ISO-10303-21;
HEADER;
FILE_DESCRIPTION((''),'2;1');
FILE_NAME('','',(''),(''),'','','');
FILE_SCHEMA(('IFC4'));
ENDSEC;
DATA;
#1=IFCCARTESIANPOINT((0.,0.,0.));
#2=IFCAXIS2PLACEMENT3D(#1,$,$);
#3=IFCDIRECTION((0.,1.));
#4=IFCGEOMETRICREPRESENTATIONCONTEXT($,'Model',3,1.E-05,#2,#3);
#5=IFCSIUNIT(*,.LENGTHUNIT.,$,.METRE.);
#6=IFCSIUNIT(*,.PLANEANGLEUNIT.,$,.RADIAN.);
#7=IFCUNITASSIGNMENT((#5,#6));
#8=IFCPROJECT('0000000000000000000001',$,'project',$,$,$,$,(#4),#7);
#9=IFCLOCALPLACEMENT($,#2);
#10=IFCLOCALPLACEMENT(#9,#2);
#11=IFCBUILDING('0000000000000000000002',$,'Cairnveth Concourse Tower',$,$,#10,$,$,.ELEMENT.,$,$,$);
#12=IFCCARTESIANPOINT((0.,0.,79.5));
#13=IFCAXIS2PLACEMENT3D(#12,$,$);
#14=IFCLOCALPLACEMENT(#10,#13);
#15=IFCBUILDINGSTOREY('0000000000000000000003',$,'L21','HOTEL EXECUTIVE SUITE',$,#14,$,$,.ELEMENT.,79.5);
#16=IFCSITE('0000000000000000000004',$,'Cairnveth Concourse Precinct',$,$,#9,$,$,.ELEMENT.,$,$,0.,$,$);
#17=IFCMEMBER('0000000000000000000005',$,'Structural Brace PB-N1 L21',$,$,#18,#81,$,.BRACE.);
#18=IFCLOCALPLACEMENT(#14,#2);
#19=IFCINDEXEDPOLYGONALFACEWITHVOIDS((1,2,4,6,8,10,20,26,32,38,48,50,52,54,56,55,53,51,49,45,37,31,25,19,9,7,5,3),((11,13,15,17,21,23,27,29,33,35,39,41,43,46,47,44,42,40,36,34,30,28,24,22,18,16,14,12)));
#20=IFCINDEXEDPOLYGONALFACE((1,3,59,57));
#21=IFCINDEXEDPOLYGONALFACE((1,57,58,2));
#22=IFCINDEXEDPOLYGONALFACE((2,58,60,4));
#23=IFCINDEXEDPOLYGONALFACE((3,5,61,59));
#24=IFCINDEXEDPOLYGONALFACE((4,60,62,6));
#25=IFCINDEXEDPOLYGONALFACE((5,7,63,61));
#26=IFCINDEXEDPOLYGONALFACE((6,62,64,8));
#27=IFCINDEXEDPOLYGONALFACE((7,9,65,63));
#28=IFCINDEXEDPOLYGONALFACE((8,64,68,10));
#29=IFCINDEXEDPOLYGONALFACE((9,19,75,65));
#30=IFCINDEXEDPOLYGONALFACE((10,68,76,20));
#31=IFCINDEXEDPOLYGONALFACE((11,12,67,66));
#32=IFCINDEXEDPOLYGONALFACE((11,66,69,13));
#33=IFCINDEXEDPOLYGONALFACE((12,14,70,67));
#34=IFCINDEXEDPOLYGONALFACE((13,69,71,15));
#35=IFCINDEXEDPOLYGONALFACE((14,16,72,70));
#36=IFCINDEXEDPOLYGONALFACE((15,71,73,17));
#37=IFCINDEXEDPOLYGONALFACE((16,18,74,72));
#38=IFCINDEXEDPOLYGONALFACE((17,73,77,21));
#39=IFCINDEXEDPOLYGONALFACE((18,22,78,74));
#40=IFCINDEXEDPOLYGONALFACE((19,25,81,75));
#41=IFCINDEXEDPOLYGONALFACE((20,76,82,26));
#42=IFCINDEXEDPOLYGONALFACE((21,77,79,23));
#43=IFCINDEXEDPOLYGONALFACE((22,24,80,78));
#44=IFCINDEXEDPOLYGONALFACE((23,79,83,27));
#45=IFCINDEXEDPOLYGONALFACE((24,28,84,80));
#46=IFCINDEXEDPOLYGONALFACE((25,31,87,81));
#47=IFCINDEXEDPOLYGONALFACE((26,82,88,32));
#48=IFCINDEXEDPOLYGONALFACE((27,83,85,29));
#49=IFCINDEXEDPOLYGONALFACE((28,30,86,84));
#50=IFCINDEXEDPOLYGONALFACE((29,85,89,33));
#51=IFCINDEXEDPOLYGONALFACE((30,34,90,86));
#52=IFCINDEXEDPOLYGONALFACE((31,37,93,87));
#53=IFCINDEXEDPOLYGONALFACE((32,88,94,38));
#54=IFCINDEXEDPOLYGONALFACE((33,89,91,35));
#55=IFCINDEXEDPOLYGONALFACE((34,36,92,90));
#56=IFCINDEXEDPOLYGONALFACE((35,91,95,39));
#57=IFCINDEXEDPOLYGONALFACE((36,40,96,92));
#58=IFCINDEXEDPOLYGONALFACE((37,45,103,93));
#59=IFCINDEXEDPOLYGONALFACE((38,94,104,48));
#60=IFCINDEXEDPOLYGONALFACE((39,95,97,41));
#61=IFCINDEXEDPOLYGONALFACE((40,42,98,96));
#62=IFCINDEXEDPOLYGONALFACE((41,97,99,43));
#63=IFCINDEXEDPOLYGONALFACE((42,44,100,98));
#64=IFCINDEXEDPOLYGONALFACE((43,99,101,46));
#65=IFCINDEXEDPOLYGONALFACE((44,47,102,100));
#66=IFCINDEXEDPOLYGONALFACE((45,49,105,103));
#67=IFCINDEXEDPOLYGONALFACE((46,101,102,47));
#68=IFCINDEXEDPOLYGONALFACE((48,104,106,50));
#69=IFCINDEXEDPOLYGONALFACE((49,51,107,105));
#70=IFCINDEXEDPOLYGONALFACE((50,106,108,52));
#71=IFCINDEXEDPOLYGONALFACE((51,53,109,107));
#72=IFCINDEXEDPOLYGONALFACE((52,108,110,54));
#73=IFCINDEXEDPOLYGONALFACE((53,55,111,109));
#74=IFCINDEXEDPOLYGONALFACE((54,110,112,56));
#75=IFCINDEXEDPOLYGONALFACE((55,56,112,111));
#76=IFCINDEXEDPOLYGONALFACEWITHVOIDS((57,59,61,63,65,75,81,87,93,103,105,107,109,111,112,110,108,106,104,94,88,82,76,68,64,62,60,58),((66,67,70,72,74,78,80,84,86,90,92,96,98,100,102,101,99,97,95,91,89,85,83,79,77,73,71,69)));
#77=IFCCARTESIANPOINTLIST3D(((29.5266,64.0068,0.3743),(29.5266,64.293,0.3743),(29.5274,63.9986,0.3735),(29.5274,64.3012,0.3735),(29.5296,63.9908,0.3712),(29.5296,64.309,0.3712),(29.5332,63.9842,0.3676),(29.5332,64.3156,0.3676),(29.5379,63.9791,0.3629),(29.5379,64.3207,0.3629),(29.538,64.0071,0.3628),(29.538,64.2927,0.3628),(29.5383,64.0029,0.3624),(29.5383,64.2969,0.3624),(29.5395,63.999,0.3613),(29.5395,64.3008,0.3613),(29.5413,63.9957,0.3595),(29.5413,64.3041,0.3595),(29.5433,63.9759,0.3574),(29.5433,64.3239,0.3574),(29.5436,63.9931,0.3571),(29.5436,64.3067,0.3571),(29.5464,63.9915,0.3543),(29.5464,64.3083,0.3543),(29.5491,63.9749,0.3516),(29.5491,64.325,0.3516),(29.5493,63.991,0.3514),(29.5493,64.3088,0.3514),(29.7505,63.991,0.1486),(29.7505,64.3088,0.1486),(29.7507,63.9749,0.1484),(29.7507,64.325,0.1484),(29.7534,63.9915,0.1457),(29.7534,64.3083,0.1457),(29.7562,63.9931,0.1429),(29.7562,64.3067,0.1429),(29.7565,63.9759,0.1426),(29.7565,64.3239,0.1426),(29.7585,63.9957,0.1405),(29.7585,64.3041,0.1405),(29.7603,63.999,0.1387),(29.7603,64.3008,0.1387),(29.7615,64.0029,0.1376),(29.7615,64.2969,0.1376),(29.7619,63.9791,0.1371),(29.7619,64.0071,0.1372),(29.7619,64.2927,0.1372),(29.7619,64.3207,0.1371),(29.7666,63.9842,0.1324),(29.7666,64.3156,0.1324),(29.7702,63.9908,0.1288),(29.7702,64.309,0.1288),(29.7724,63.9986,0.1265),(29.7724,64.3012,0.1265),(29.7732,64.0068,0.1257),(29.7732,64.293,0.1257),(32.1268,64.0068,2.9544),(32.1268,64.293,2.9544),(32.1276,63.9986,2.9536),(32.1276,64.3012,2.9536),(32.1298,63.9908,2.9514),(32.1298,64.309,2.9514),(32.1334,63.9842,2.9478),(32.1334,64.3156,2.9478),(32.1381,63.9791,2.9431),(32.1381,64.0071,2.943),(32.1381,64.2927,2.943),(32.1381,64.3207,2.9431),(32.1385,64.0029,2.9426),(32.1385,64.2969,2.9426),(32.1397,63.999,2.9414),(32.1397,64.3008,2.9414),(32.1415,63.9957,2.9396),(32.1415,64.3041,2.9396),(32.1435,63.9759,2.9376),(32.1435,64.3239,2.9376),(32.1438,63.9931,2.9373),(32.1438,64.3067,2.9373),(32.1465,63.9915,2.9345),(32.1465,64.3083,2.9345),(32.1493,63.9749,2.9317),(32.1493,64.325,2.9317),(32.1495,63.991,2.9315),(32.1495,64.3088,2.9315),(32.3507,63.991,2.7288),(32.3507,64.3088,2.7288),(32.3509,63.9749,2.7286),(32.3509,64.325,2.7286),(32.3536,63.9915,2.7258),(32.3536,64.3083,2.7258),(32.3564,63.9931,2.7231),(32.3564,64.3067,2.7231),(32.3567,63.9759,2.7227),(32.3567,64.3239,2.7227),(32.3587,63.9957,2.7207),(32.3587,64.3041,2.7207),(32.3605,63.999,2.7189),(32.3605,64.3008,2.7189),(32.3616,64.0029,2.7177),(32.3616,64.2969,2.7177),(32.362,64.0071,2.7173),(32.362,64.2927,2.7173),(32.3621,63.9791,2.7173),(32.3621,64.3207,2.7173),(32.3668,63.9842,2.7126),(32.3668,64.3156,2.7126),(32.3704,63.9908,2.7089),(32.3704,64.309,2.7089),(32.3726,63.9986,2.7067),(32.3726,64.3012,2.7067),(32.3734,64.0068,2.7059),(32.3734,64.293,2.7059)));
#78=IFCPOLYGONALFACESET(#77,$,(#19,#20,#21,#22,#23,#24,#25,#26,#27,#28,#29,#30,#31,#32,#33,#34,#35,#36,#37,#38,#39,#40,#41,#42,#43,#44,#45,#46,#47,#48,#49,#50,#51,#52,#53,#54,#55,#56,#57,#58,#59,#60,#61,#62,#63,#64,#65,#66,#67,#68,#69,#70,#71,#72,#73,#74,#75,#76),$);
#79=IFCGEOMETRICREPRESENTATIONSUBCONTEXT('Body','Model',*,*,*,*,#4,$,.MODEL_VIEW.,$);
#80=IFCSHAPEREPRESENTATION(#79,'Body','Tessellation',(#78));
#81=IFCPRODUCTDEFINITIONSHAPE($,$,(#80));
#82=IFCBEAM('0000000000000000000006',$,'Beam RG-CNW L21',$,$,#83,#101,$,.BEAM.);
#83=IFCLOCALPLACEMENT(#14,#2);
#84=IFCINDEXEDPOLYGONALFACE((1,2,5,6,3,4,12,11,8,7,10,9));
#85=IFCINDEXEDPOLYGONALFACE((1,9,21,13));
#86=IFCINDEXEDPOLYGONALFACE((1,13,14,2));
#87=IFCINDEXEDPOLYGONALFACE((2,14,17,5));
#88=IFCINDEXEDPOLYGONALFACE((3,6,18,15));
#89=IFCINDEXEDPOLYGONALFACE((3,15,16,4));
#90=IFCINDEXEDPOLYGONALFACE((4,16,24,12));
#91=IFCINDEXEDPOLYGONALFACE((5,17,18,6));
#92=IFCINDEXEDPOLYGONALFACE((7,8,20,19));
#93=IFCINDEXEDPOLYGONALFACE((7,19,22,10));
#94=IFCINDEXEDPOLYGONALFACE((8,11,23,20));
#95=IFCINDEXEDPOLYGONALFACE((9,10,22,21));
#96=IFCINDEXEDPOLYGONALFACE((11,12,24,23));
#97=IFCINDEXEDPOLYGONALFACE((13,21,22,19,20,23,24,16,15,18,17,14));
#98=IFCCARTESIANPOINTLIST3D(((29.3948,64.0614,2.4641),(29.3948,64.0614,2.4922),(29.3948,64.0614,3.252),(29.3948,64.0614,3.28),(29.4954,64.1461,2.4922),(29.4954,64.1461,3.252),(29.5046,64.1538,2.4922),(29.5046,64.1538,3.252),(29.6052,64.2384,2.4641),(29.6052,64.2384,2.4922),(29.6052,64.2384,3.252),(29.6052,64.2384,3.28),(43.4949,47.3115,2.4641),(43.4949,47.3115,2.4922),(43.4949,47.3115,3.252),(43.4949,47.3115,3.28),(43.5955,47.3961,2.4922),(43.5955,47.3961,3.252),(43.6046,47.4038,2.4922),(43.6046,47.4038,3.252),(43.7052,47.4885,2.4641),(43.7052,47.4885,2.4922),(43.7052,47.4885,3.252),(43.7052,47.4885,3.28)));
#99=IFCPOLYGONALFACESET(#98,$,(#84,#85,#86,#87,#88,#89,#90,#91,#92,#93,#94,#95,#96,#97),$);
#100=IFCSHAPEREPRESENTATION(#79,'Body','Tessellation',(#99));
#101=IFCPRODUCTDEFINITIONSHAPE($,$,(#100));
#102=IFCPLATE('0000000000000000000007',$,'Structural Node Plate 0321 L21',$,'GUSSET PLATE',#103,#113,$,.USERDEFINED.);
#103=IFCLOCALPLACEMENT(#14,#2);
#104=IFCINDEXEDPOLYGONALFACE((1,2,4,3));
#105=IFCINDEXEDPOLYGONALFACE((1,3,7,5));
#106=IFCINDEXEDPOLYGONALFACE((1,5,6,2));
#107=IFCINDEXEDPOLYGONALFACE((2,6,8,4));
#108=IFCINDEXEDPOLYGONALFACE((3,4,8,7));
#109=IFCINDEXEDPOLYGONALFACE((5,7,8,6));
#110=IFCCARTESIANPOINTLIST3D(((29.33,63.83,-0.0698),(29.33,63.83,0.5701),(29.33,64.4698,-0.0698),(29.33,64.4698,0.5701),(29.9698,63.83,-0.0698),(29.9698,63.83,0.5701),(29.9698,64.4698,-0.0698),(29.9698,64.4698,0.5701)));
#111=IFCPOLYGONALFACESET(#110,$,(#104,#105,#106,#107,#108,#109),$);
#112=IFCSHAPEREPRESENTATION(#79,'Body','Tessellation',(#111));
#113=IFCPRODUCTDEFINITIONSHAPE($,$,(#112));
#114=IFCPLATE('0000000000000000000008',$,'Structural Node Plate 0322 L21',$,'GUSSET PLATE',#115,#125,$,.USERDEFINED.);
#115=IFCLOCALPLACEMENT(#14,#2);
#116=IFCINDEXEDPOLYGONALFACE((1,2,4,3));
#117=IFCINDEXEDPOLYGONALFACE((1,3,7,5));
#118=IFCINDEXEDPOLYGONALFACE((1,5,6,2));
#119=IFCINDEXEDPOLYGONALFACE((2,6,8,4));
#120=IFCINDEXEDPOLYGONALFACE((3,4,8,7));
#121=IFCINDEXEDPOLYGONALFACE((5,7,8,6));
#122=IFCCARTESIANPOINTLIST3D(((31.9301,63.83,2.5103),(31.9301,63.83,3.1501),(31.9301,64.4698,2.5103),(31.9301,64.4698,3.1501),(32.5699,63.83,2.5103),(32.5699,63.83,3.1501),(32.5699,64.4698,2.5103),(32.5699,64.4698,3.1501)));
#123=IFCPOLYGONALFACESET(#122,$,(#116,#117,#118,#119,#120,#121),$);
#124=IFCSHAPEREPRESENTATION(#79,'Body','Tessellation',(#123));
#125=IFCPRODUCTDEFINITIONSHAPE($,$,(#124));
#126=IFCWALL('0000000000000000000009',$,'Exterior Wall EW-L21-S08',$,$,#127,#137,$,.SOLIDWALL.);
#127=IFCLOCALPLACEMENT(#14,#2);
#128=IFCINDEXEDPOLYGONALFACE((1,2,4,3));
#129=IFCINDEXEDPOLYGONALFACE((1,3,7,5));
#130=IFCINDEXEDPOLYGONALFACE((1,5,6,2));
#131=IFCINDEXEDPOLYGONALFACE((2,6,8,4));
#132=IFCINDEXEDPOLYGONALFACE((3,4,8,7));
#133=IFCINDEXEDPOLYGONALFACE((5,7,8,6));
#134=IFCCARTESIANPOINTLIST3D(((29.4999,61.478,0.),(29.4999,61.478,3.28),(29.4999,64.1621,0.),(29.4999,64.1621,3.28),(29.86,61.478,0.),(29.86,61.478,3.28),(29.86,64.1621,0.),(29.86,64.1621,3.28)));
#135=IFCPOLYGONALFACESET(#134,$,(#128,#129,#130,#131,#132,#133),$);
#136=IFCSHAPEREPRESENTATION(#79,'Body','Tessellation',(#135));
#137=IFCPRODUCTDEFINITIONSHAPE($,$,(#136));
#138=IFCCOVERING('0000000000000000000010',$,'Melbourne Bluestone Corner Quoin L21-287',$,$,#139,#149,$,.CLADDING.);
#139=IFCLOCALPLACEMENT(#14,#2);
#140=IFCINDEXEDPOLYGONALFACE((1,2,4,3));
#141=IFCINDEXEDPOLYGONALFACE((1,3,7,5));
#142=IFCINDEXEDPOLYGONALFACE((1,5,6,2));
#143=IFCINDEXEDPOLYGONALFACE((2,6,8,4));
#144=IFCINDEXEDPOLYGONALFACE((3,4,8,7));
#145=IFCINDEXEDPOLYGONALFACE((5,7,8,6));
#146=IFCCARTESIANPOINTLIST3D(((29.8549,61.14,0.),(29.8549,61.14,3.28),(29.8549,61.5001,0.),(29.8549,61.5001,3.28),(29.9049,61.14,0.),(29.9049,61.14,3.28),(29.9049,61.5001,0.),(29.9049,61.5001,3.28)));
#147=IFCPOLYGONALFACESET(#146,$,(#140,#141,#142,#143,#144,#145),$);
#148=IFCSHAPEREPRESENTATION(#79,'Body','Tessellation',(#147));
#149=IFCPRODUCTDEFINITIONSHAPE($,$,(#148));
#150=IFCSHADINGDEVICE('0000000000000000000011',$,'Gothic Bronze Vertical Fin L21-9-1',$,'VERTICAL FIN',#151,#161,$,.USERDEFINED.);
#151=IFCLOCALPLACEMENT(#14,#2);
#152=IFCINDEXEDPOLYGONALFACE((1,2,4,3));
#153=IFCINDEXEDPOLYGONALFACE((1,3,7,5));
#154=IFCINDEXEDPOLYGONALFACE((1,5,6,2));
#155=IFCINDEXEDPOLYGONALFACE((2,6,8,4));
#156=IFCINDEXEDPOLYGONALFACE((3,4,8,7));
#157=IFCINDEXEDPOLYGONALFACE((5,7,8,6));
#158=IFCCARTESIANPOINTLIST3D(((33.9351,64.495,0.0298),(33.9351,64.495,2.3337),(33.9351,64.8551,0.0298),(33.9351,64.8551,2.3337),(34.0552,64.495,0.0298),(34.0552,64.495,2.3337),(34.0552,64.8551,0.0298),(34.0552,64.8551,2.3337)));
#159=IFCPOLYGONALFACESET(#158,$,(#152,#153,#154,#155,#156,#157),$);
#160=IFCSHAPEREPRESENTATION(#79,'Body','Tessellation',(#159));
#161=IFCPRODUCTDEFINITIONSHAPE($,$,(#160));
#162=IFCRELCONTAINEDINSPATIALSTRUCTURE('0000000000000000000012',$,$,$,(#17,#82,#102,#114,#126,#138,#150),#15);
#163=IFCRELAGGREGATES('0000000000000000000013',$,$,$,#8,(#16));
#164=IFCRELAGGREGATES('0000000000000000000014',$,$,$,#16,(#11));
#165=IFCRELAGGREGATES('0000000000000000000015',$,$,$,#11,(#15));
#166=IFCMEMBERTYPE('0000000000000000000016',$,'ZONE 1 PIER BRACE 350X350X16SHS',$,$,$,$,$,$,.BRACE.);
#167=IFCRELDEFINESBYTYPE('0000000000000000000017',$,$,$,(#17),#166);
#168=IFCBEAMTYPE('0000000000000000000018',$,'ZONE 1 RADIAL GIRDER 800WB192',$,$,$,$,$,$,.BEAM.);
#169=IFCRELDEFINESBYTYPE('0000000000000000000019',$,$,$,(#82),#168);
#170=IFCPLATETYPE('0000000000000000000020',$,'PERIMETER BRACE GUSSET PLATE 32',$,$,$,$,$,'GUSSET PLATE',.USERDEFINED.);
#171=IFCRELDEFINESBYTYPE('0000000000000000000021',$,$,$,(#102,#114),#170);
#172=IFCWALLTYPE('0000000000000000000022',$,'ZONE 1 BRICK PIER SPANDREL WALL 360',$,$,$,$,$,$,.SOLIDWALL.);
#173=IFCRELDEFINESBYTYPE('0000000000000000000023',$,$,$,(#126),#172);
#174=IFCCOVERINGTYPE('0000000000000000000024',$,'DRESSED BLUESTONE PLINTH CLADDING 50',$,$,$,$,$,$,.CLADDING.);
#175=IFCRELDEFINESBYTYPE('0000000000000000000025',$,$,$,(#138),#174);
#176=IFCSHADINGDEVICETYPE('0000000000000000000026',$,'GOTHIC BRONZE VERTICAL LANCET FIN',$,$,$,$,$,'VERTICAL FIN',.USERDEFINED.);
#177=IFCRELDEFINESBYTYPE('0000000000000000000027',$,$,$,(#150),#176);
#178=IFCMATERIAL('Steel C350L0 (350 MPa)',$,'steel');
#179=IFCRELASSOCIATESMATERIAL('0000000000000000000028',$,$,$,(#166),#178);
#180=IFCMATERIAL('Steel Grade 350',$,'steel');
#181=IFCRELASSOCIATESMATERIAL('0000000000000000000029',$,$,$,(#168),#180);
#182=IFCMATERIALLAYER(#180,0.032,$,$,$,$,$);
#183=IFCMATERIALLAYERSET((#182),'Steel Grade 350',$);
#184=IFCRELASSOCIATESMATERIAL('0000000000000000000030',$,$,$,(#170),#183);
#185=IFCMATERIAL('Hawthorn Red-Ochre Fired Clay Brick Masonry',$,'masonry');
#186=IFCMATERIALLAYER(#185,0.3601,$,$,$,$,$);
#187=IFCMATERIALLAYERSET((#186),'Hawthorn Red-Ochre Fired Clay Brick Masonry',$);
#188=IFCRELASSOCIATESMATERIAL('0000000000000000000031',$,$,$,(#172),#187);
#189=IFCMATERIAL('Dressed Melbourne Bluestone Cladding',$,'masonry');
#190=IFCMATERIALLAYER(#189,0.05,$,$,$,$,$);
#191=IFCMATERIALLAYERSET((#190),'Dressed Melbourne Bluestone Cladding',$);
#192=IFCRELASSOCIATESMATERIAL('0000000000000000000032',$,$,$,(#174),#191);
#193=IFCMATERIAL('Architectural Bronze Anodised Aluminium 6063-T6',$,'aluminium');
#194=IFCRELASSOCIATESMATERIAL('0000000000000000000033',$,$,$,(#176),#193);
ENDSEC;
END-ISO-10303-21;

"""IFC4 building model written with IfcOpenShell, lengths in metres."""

from ifc_helpers import new_model, si_unit, direction, frame, frame_2d, origin, origin_2d, place, context, subcontext, project, spatial, rectangle, hollow_rectangle, i_section, extrude, material, layer, layer_set, material_profile, profile_set, type_object, element, save


model = new_model("IFC4")

# Units and contexts
model_context = context("Model", 3, precision=1e-05, world=origin(), true_north=direction((0.0, 1.0)))
body_context = subcontext(model_context, "Body", "Model", "MODEL_VIEW")
ifc_project = project(units=[si_unit("LENGTHUNIT", "METRE"), si_unit("PLANEANGLEUNIT", "RADIAN")], contexts=[model_context])

# Site, building, storey
site_placement = place(None, origin())
site = spatial("IfcSite", under=ifc_project, at=site_placement, Name="Cairnveth Concourse Precinct", CompositionType="ELEMENT", RefElevation=0.0)
building_placement = place(site_placement, origin())
building = spatial("IfcBuilding", under=site, at=building_placement, Name="Cairnveth Concourse Tower", CompositionType="ELEMENT")
storey_placement = place(building_placement, frame((0.0, 0.0, 79.5)))
storey = spatial("IfcBuildingStorey", under=building, at=storey_placement, Name="L21", Description="HOTEL EXECUTIVE SUITE", CompositionType="ELEMENT", Elevation=79.5)

# Member
ifc_material_1 = material(Name="Steel C350L0 (350 MPa)", Category="steel")
ifc_material_profile_1 = material_profile(ifc_material_1, hollow_rectangle(XDim=0.3501, YDim=0.3501, WallThickness=0.0161, InnerFilletRadius=0.0161, OuterFilletRadius=0.032, at=origin_2d()), Name="350x350x16.0SHS")
ifc_profile_set_1 = profile_set([ifc_material_profile_1], Name="Steel C350L0 (350 MPa)")
member_type = type_object("IfcMemberType", Name="ZONE 1 PIER BRACE 350X350X16SHS", PredefinedType="BRACE", material=ifc_profile_set_1)
member_placement = place(storey_placement, frame((29.6499, 64.1499, 0.25), z_axis=(0.709834, 0.0, 0.704369), x_axis=(0.0, 1.0, 0.0)))
element("IfcMember", 1, at=member_placement, inside=storey, type_object=member_type, Name="Structural Brace PB-N1 L21", PredefinedType="BRACE", context=body_context, shape_type="SweptSolid", body=[
    extrude(hollow_rectangle(XDim=0.3501, YDim=0.3501, WallThickness=0.0161, InnerFilletRadius=0.0161, OuterFilletRadius=0.032, at=origin_2d()), origin(), (0.0, 0.0, 1.0), 3.6631),
])

# Beam
ifc_material_2 = material(Name="Steel Grade 350", Category="steel")
ifc_material_profile_2 = material_profile(ifc_material_2, i_section(OverallWidth=0.2749, OverallDepth=0.8159, WebThickness=0.012, FlangeThickness=0.0281, at=origin_2d()), Name="800WB192")
ifc_profile_set_2 = profile_set([ifc_material_profile_2], Name="Steel Grade 350")
beam_type = type_object("IfcBeamType", Name="ZONE 1 RADIAL GIRDER 800WB192", PredefinedType="BEAM", material=ifc_profile_set_2)
beam_placement = place(storey_placement, frame((29.5, 64.1499, 2.8721), z_axis=(0.643998, -0.765027, 0.0), x_axis=(0.765027, 0.643998, 0.0)))
element("IfcBeam", 2, at=beam_placement, inside=storey, type_object=beam_type, Name="Beam RG-CNW L21", PredefinedType="BEAM", context=body_context, shape_type="SweptSolid", body=[
    extrude(i_section(OverallWidth=0.2749, OverallDepth=0.8159, WebThickness=0.012, FlangeThickness=0.0281, at=origin_2d()), origin(), (0.0, 0.0, 1.0), 21.8945),
])

# Plates
ifc_layer_1 = layer(ifc_material_2, 0.032)
ifc_layer_set_1 = layer_set([ifc_layer_1], Name="Steel Grade 350")
plate_type = type_object("IfcPlateType", Name="PERIMETER BRACE GUSSET PLATE 32", ElementType="GUSSET PLATE", PredefinedType="USERDEFINED", material=ifc_layer_set_1)
for number, where, z_axis, x_axis, name in (
    (3, (29.6499, 64.1499, -0.0698), (0.0, 0.0, 1.0), (1.0, 0.0, 0.0), "Structural Node Plate 0321 L21"),
    (4, (32.25, 64.1499, 2.5103), (0.0, 0.0, 1.0), (1.0, 0.0, 0.0), "Structural Node Plate 0322 L21"),
):
    element("IfcPlate", number, at=place(storey_placement, frame(where, z_axis=z_axis, x_axis=x_axis)), inside=storey, type_object=plate_type, Name=name, ObjectType="GUSSET PLATE", PredefinedType="USERDEFINED", context=body_context, shape_type="SweptSolid", body=[
        extrude(rectangle(XDim=0.6399, YDim=0.6399, at=origin_2d()), origin(), (0.0, 0.0, 1.0), 0.6399),
    ])

# Wall
ifc_material_3 = material(Name="Hawthorn Red-Ochre Fired Clay Brick Masonry", Category="masonry")
ifc_layer_2 = layer(ifc_material_3, 0.3601)
ifc_layer_set_2 = layer_set([ifc_layer_2], Name="Hawthorn Red-Ochre Fired Clay Brick Masonry")
wall_type = type_object("IfcWallType", Name="ZONE 1 BRICK PIER SPANDREL WALL 360", PredefinedType="SOLIDWALL", material=ifc_layer_set_2)
wall_1_placement = place(storey_placement, frame((29.6799, 61.478, 0.0), z_axis=(0.0, 0.0, 1.0), x_axis=(0.0, 1.0, 0.0)))
element("IfcWall", 5, at=wall_1_placement, inside=storey, type_object=wall_type, Name="Exterior Wall EW-L21-S08", PredefinedType="SOLIDWALL", context=body_context, shape_type="SweptSolid", body=[
    extrude(rectangle(XDim=2.6841, YDim=0.3601, at=frame_2d((1.342, 0.0))), origin(), (0.0, 0.0, 1.0), 3.28),
])

# Covering
ifc_material_4 = material(Name="Dressed Melbourne Bluestone Cladding", Category="masonry")
ifc_layer_3 = layer(ifc_material_4, 0.05)
ifc_layer_set_3 = layer_set([ifc_layer_3], Name="Dressed Melbourne Bluestone Cladding")
covering_type = type_object("IfcCoveringType", Name="DRESSED BLUESTONE PLINTH CLADDING 50", PredefinedType="CLADDING", material=ifc_layer_set_3)
covering_placement = place(storey_placement, frame((29.8799, 61.1399, 0.0), z_axis=(0.0, 0.0, 1.0), x_axis=(0.0, 1.0, 0.0)))
element("IfcCovering", 6, at=covering_placement, inside=storey, type_object=covering_type, Name="Melbourne Bluestone Corner Quoin L21-287", PredefinedType="CLADDING", context=body_context, shape_type="SweptSolid", body=[
    extrude(rectangle(XDim=0.3601, YDim=0.05, at=frame_2d((0.1802, 0.0))), origin(), (0.0, 0.0, 1.0), 3.28),
])

# Shading device
ifc_material_5 = material(Name="Architectural Bronze Anodised Aluminium 6063-T6", Category="aluminium")
shading_device_type = type_object("IfcShadingDeviceType", Name="GOTHIC BRONZE VERTICAL LANCET FIN", ElementType="VERTICAL FIN", PredefinedType="USERDEFINED", material=ifc_material_5)
shading_device_placement = place(storey_placement, frame((33.9951, 64.675, 0.0298), z_axis=(0.0, 0.0, 1.0), x_axis=(1.0, 0.0, 0.0)))
element("IfcShadingDevice", 7, at=shading_device_placement, inside=storey, type_object=shading_device_type, Name="Gothic Bronze Vertical Fin L21-9-1", ObjectType="VERTICAL FIN", PredefinedType="USERDEFINED", context=body_context, shape_type="SweptSolid", body=[
    extrude(rectangle(XDim=0.1201, YDim=0.3601, at=origin_2d()), origin(), (0.0, 0.0, 1.0), 2.304),
])

save(model, "model.ifc")
